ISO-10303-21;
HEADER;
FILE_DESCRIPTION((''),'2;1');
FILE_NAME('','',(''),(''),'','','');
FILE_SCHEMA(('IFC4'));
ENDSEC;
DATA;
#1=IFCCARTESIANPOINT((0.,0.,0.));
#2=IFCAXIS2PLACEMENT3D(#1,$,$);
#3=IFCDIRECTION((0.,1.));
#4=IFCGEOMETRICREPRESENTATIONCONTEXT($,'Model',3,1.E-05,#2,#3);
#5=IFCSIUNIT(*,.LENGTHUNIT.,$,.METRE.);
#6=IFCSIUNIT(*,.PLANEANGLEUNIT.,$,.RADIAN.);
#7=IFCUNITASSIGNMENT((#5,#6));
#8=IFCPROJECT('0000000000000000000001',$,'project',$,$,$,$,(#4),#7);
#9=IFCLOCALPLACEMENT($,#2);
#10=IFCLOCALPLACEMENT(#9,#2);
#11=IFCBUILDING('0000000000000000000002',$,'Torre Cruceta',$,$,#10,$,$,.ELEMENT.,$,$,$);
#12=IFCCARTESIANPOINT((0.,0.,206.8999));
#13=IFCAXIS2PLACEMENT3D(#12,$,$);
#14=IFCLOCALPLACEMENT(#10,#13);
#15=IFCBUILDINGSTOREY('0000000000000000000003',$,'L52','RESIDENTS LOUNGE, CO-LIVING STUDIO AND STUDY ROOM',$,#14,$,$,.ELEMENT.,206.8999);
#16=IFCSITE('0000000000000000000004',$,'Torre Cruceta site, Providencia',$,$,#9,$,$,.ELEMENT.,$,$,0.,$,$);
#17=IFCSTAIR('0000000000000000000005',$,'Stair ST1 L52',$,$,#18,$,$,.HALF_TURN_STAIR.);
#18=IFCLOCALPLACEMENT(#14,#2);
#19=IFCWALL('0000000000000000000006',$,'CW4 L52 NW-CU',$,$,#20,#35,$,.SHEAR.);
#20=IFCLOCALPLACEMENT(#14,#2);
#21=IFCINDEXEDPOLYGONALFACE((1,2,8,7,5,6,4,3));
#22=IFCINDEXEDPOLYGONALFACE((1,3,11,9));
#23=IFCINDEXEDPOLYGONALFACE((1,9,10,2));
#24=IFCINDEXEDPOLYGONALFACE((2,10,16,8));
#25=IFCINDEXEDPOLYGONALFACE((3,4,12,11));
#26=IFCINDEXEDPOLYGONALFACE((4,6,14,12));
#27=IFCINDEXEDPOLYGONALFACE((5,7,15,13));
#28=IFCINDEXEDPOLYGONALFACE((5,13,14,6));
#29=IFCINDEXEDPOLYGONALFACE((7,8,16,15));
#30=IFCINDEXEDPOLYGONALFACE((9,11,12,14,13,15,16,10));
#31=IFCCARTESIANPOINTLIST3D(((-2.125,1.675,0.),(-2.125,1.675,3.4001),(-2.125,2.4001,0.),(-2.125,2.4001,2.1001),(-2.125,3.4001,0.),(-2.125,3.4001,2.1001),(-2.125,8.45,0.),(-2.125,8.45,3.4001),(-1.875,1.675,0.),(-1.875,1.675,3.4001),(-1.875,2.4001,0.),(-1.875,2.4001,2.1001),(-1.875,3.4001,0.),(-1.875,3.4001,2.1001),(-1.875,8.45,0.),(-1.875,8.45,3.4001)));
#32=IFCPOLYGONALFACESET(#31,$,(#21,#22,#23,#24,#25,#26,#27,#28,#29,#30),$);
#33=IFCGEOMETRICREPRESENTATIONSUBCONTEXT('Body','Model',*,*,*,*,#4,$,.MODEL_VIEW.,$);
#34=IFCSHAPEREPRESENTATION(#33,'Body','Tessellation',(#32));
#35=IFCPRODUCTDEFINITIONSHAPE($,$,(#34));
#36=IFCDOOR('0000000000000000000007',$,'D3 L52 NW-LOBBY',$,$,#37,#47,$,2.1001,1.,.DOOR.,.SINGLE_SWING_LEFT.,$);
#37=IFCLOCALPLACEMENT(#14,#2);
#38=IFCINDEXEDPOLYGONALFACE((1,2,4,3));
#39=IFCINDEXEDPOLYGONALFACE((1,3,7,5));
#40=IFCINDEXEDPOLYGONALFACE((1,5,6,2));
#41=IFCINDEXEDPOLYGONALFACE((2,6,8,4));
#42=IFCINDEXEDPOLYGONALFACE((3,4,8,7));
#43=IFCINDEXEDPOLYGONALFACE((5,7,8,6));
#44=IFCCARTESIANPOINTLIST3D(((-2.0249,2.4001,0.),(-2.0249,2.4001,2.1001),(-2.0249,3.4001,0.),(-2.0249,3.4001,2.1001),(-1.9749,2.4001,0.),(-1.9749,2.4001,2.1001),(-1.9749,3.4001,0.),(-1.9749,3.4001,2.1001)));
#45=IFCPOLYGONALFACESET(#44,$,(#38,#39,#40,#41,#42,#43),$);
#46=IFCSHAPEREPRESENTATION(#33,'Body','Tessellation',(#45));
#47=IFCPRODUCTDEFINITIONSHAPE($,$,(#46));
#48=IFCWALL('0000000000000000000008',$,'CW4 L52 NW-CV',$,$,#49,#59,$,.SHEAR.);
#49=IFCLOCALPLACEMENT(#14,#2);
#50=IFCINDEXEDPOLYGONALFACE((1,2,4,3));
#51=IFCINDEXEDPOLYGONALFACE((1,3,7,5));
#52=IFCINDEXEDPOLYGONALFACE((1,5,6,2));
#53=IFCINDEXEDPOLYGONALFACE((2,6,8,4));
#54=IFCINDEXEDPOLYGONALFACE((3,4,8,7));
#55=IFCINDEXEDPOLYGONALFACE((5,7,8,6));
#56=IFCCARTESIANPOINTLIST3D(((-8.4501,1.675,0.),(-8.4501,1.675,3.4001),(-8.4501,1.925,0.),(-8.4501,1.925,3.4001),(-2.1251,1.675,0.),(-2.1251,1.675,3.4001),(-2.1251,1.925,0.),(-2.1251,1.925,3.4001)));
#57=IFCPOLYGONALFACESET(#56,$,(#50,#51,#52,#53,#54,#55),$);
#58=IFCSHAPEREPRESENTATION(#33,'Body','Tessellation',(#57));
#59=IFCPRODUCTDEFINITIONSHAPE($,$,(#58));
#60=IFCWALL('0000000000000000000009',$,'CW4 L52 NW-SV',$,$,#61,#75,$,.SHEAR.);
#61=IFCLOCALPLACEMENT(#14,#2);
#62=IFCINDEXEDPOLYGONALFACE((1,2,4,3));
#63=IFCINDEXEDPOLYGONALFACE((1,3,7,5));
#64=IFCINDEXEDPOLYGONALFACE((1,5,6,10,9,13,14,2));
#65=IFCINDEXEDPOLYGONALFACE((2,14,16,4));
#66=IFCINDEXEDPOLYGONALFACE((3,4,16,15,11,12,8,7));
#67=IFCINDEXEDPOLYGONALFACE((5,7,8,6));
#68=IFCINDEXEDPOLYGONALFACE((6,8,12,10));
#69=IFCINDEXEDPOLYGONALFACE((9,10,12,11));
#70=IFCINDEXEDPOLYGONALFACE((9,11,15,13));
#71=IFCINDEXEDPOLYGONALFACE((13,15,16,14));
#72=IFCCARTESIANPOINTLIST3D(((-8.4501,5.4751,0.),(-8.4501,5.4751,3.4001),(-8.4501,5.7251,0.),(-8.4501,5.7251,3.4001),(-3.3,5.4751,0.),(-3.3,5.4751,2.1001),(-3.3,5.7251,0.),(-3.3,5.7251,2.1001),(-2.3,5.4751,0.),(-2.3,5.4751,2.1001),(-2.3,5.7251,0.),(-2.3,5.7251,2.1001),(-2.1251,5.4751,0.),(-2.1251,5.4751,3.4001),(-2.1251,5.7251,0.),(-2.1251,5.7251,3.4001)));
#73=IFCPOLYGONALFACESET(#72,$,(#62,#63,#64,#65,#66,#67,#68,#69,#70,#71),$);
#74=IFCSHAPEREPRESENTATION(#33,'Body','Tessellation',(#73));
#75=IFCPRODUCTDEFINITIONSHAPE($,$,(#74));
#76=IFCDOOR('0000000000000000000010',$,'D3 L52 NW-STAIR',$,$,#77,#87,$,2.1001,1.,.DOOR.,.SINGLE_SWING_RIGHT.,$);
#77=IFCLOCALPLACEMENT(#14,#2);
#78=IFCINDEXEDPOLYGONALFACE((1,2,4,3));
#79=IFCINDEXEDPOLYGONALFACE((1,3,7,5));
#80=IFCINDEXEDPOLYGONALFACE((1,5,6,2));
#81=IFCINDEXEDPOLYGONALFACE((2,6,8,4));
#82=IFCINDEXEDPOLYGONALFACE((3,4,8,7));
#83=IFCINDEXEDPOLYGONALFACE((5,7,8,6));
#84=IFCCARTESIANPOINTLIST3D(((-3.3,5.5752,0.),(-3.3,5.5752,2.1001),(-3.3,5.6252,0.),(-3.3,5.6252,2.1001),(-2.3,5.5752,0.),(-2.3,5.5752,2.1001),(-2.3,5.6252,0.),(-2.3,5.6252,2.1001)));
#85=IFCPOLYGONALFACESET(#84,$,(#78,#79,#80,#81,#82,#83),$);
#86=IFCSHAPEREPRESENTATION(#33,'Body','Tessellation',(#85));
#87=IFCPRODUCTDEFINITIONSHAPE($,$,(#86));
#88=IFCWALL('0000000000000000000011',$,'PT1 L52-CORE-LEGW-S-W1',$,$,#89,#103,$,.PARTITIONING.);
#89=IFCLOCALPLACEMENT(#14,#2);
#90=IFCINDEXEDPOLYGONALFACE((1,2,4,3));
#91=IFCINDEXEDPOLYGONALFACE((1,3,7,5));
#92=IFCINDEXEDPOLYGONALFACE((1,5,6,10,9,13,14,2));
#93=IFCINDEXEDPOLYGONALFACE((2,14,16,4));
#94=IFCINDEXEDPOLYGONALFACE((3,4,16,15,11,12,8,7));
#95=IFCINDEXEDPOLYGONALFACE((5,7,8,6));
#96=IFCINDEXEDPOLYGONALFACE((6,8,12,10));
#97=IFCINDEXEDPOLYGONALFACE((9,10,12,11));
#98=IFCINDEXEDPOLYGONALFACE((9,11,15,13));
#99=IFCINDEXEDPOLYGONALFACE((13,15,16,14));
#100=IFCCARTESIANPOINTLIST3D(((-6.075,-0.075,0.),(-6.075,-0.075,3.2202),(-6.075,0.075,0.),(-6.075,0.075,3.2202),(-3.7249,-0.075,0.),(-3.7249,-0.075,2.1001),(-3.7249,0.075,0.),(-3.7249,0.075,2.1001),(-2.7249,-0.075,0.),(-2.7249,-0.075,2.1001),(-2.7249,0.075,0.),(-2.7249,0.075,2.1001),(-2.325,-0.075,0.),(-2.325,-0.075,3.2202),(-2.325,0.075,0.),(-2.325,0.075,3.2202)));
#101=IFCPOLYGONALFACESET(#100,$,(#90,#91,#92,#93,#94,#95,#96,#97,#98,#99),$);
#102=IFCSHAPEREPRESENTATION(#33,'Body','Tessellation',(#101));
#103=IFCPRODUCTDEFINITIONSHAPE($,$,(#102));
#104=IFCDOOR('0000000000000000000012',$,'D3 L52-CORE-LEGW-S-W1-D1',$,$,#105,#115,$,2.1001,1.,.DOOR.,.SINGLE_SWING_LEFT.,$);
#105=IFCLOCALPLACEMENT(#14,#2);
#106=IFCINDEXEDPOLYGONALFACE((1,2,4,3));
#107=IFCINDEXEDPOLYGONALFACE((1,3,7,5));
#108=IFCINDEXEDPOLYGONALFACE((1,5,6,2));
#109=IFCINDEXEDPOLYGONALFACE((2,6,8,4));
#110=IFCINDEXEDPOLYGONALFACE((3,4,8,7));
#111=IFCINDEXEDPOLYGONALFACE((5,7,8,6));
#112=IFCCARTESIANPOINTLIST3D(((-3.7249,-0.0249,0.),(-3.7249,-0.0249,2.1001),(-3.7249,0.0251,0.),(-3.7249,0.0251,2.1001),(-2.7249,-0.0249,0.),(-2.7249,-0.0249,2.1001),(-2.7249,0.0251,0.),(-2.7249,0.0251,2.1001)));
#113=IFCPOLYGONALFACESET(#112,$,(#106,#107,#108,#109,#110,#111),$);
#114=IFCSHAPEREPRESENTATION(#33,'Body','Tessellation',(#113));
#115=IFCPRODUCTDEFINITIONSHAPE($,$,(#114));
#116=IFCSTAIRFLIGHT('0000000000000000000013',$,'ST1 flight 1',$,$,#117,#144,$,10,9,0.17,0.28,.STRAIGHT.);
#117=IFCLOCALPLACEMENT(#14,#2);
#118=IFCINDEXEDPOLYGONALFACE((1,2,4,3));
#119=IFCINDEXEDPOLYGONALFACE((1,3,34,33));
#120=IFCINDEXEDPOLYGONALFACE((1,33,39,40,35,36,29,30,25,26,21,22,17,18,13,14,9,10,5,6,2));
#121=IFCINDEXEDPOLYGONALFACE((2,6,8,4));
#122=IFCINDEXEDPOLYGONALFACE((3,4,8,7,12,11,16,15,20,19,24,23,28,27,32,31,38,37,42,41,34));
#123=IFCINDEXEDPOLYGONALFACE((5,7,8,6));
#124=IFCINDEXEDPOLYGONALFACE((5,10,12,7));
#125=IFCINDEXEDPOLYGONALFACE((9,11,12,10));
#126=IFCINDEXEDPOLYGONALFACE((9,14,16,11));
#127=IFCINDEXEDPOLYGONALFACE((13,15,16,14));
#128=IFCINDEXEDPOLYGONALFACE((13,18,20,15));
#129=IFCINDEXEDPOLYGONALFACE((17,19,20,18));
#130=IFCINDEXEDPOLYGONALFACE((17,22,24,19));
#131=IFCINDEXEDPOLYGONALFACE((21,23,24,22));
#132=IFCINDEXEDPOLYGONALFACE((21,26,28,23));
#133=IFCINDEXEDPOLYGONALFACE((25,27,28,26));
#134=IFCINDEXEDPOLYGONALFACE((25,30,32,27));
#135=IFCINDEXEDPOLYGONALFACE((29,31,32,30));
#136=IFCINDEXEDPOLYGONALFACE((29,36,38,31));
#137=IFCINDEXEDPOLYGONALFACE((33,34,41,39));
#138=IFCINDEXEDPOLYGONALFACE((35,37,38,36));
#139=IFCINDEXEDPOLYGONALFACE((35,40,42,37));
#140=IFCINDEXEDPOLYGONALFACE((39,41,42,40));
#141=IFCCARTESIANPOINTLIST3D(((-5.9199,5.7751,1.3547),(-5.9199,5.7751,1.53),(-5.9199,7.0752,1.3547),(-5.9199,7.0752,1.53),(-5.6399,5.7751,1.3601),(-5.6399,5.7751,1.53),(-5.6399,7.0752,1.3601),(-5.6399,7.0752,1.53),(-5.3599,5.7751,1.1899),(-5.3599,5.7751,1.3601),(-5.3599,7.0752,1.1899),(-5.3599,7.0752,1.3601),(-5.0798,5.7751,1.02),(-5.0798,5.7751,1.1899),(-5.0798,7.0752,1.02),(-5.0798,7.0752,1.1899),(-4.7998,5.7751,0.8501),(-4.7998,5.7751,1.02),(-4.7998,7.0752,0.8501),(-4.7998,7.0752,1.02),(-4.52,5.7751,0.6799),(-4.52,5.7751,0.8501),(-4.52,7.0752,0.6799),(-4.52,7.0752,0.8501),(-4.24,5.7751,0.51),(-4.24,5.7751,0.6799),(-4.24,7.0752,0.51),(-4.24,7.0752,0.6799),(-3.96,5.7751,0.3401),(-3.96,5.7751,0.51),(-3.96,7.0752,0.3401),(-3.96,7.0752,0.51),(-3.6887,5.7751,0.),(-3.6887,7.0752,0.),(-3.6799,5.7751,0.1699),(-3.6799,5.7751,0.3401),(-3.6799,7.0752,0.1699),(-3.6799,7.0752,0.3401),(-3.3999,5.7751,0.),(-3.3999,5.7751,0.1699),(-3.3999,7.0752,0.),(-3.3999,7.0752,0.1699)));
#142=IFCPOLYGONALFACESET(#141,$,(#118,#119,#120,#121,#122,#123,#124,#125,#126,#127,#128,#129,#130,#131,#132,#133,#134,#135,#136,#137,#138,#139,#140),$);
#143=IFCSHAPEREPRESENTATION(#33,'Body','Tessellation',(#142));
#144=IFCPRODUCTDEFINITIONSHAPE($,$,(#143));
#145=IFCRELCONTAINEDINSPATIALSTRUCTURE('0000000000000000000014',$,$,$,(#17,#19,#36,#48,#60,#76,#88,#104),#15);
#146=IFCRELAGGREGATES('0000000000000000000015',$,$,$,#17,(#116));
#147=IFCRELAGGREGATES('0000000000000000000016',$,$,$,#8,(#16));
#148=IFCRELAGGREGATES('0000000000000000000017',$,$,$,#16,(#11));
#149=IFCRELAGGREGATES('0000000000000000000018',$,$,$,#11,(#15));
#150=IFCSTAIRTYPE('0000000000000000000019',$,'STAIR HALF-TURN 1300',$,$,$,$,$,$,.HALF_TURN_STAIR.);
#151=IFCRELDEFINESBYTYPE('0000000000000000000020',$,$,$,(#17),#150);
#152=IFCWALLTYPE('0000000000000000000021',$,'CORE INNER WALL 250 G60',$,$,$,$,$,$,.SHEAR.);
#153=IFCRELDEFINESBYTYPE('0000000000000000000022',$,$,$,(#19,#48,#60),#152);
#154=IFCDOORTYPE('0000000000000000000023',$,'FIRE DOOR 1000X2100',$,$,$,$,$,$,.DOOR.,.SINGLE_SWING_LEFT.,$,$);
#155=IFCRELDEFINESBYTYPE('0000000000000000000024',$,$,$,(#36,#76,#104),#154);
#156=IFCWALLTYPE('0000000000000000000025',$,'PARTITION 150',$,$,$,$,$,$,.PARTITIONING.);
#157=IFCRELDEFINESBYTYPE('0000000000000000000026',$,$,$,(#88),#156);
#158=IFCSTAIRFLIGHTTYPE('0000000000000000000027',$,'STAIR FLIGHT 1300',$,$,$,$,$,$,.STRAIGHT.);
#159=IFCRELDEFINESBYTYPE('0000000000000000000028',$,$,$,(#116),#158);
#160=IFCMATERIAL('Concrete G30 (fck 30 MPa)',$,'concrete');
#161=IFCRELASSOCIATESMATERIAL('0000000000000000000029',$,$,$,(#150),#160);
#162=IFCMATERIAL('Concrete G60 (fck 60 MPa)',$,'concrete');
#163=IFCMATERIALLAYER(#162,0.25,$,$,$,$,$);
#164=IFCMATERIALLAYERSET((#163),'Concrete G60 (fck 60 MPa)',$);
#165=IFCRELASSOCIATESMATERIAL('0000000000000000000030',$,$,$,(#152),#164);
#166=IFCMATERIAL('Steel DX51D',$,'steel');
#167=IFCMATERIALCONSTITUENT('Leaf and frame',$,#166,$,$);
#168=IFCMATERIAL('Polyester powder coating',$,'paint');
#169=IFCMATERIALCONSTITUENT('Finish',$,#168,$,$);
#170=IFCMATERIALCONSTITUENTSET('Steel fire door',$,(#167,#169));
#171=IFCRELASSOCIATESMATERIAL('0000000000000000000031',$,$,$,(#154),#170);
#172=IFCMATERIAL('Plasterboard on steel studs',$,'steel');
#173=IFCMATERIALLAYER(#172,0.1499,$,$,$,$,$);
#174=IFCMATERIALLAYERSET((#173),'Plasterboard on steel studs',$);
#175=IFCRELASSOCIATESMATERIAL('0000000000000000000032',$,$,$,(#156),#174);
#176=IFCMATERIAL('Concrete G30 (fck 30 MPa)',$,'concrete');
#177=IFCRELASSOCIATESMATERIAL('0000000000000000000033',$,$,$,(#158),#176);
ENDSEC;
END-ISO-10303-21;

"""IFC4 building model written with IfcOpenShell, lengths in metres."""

from ifc_helpers import new_model, si_unit, direction, frame, frame_2d, origin, place, context, subcontext, project, spatial, polyline, rectangle, outline, extrude, material, layer, layer_set, constituent, constituent_set, type_object, element, fill, aggregate, save


model = new_model("IFC4")

# Units and contexts
model_context = context("Model", 3, precision=1e-05, world=origin(), true_north=direction((0.0, 1.0)))
body_context = subcontext(model_context, "Body", "Model", "MODEL_VIEW")
ifc_project = project(units=[si_unit("LENGTHUNIT", "METRE"), si_unit("PLANEANGLEUNIT", "RADIAN")], contexts=[model_context])

# Site, building, storey
site_placement = place(None, origin())
site = spatial("IfcSite", under=ifc_project, at=site_placement, Name="Torre Cruceta site, Providencia", CompositionType="ELEMENT", RefElevation=0.0)
building_placement = place(site_placement, origin())
building = spatial("IfcBuilding", under=site, at=building_placement, Name="Torre Cruceta", CompositionType="ELEMENT")
storey_placement = place(building_placement, frame((0.0, 0.0, 206.8999)))
storey = spatial("IfcBuildingStorey", under=building, at=storey_placement, Name="L52", Description="RESIDENTS LOUNGE, CO-LIVING STUDIO AND STUDY ROOM", CompositionType="ELEMENT", Elevation=206.8999)

# Stair
ifc_material_1 = material(Name="Concrete G30 (fck 30 MPa)", Category="concrete")
stair_type = type_object("IfcStairType", Name="STAIR HALF-TURN 1300", PredefinedType="HALF_TURN_STAIR", material=ifc_material_1)
stair_placement = place(storey_placement, origin())
stair = element("IfcStair", 1, at=stair_placement, inside=storey, type_object=stair_type, Name="Stair ST1 L52", PredefinedType="HALF_TURN_STAIR")

# Wall, opening, door
ifc_material_2 = material(Name="Concrete G60 (fck 60 MPa)", Category="concrete")
ifc_layer_1 = layer(ifc_material_2, 0.25)
ifc_layer_set_1 = layer_set([ifc_layer_1], Name="Concrete G60 (fck 60 MPa)")
wall_type_1 = type_object("IfcWallType", Name="CORE INNER WALL 250 G60", PredefinedType="SHEAR", material=ifc_layer_set_1)
wall_1_placement = place(storey_placement, frame((-2.0, 1.675, 0.0), z_axis=(0.0, 0.0, 1.0), x_axis=(0.0, 1.0, 0.0)))
wall_1 = element("IfcWall", 2, at=wall_1_placement, inside=storey, type_object=wall_type_1, Name="CW4 L52 NW-CU", PredefinedType="SHEAR", context=body_context, shape_type="SweptSolid", body=[
    extrude(rectangle(XDim=6.7749, YDim=0.25, at=frame_2d((3.3875, 0.0))), origin(), (0.0, 0.0, 1.0), 3.4001),
])
opening_1_placement = place(wall_1_placement, frame((0.7251, 0.0, 0.0)))
opening_1 = element("IfcOpeningElement", 3, at=opening_1_placement, cuts=wall_1, PredefinedType="OPENING", context=body_context, shape_type="SweptSolid", body=[
    extrude(rectangle(XDim=1.0, YDim=2.1001, at=frame_2d((0.5, 1.05))), frame((0.0, 0.135, 0.0), z_axis=(0.0, -1.0, 0.0), x_axis=(1.0, 0.0, 0.0)), (0.0, 0.0, 1.0), 0.27),
])
ifc_material_3 = material(Name="Steel DX51D", Category="steel")
ifc_constituent_1 = constituent(ifc_material_3, Name="Leaf and frame")
ifc_material_4 = material(Name="Polyester powder coating", Category="paint")
ifc_constituent_2 = constituent(ifc_material_4, Name="Finish")
ifc_constituent_set = constituent_set(constituents=[ifc_constituent_1, ifc_constituent_2], Name="Steel fire door")
door_type = type_object("IfcDoorType", Name="FIRE DOOR 1000X2100", OperationType="SINGLE_SWING_LEFT", PredefinedType="DOOR", material=ifc_constituent_set)
door_1_placement = place(opening_1_placement, origin())
door_1 = element("IfcDoor", 4, at=door_1_placement, inside=storey, type_object=door_type, Name="D3 L52 NW-LOBBY", OperationType="SINGLE_SWING_LEFT", OverallHeight=2.1001, OverallWidth=1.0, PredefinedType="DOOR", context=body_context, shape_type="SweptSolid", body=[
    extrude(rectangle(XDim=1.0, YDim=2.1001, at=frame_2d((0.5, 1.05))), frame((0.0, 0.0249, 0.0), z_axis=(0.0, -1.0, 0.0), x_axis=(1.0, 0.0, 0.0)), (0.0, 0.0, 1.0), 0.05),
])
fill(opening_1, door_1)

# Wall
wall_2_placement = place(storey_placement, frame((-2.125, 1.8, 0.0), z_axis=(0.0, 0.0, 1.0), x_axis=(-1.0, 0.0, 0.0)))
element("IfcWall", 5, at=wall_2_placement, inside=storey, type_object=wall_type_1, Name="CW4 L52 NW-CV", PredefinedType="SHEAR", context=body_context, shape_type="SweptSolid", body=[
    extrude(rectangle(XDim=6.325, YDim=0.25, at=frame_2d((3.1626, 0.0))), origin(), (0.0, 0.0, 1.0), 3.4001),
])

# Walls, openings, doors
wall_3_placement = place(storey_placement, frame((-2.125, 5.6001, 0.0), z_axis=(0.0, 0.0, 1.0), x_axis=(-1.0, 0.0, 0.0)))
wall_3 = element("IfcWall", 6, at=wall_3_placement, inside=storey, type_object=wall_type_1, Name="CW4 L52 NW-SV", PredefinedType="SHEAR", context=body_context, shape_type="SweptSolid", body=[
    extrude(rectangle(XDim=6.325, YDim=0.25, at=frame_2d((3.1626, 0.0))), origin(), (0.0, 0.0, 1.0), 3.4001),
])
opening_2_placement = place(wall_3_placement, frame((0.175, 0.0, 0.0)))
opening_2 = element("IfcOpeningElement", 7, at=opening_2_placement, cuts=wall_3, PredefinedType="OPENING", context=body_context, shape_type="SweptSolid", body=[
    extrude(rectangle(XDim=1.0, YDim=2.1001, at=frame_2d((0.5, 1.05))), frame((0.0, 0.135, 0.0), z_axis=(0.0, -1.0, 0.0), x_axis=(1.0, 0.0, 0.0)), (0.0, 0.0, 1.0), 0.27),
])
door_2_placement = place(opening_2_placement, frame((1.0, 0.0, 0.0), z_axis=(0.0, 0.0, 1.0), x_axis=(-1.0, 0.0, 0.0)))
door_2 = element("IfcDoor", 8, at=door_2_placement, inside=storey, type_object=door_type, Name="D3 L52 NW-STAIR", OperationType="SINGLE_SWING_RIGHT", OverallHeight=2.1001, OverallWidth=1.0, PredefinedType="DOOR", context=body_context, shape_type="SweptSolid", body=[
    extrude(rectangle(XDim=1.0, YDim=2.1001, at=frame_2d((0.5, 1.05))), frame((0.0, 0.0251, 0.0), z_axis=(0.0, -1.0, 0.0), x_axis=(1.0, 0.0, 0.0)), (0.0, 0.0, 1.0), 0.05),
])
fill(opening_2, door_2)
ifc_material_5 = material(Name="Plasterboard on steel studs", Category="steel")
ifc_layer_2 = layer(ifc_material_5, 0.1499)
ifc_layer_set_2 = layer_set([ifc_layer_2], Name="Plasterboard on steel studs")
wall_type_2 = type_object("IfcWallType", Name="PARTITION 150", PredefinedType="PARTITIONING", material=ifc_layer_set_2)
wall_4_placement = place(storey_placement, frame((-2.325, 0.0, 0.0), z_axis=(0.0, 0.0, 1.0), x_axis=(-1.0, 0.0, 0.0)))
wall_4 = element("IfcWall", 9, at=wall_4_placement, inside=storey, type_object=wall_type_2, Name="PT1 L52-CORE-LEGW-S-W1", PredefinedType="PARTITIONING", context=body_context, shape_type="SweptSolid", body=[
    extrude(rectangle(XDim=3.75, YDim=0.1499, at=frame_2d((1.875, 0.0))), origin(), (0.0, 0.0, 1.0), 3.2202),
])
opening_3_placement = place(wall_4_placement, frame((0.3999, 0.0, 0.0)))
opening_3 = element("IfcOpeningElement", 10, at=opening_3_placement, cuts=wall_4, PredefinedType="OPENING", context=body_context, shape_type="SweptSolid", body=[
    extrude(rectangle(XDim=1.0, YDim=2.1001, at=frame_2d((0.5, 1.05))), frame((0.0, 0.085, 0.0), z_axis=(0.0, -1.0, 0.0), x_axis=(1.0, 0.0, 0.0)), (0.0, 0.0, 1.0), 0.1699),
])
door_3_placement = place(opening_3_placement, origin())
door_3 = element("IfcDoor", 11, at=door_3_placement, inside=storey, type_object=door_type, Name="D3 L52-CORE-LEGW-S-W1-D1", OperationType="SINGLE_SWING_LEFT", OverallHeight=2.1001, OverallWidth=1.0, PredefinedType="DOOR", context=body_context, shape_type="SweptSolid", body=[
    extrude(rectangle(XDim=1.0, YDim=2.1001, at=frame_2d((0.5, 1.05))), frame((0.0, 0.0249, 0.0), z_axis=(0.0, -1.0, 0.0), x_axis=(1.0, 0.0, 0.0)), (0.0, 0.0, 1.0), 0.05),
])
fill(opening_3, door_3)

# Stair flight
ifc_material_6 = material(Name="Concrete G30 (fck 30 MPa)", Category="concrete")
stair_flight_type = type_object("IfcStairFlightType", Name="STAIR FLIGHT 1300", PredefinedType="STRAIGHT", material=ifc_material_6)
stair_flight_placement = place(storey_placement, frame((-3.3999, 6.425, 0.0), z_axis=(0.0, 0.0, 1.0), x_axis=(-1.0, 0.0, 0.0)))
stair_flight = element("IfcStairFlight", 12, at=stair_flight_placement, type_object=stair_flight_type, Name="ST1 flight 1", NumberOfRisers=10, NumberOfTreads=9, PredefinedType="STRAIGHT", RiserHeight=0.17, TreadLength=0.28, context=body_context, shape_type="SweptSolid", body=[
    extrude(outline(polyline([(0.0, 0.0), (0.0, 0.1699), (0.28, 0.1699), (0.28, 0.3401), (0.5601, 0.3401), (0.5601, 0.51), (0.8401, 0.51), (0.8401, 0.6799), (1.1201, 0.6799), (1.1201, 0.8501), (1.3999, 0.8501), (1.3999, 1.02), (1.6799, 1.02), (1.6799, 1.1899), (1.96, 1.1899), (1.96, 1.3601), (2.24, 1.3601), (2.24, 1.53), (2.52, 1.53), (2.52, 1.7), (2.52, 1.3547), (0.2888, 0.0), (0.0, 0.0)])), frame((0.0, 0.6499, 0.0), z_axis=(0.0, -1.0, 0.0), x_axis=(1.0, 0.0, 0.0)), (0.0, 0.0, 1.0), 1.3),
])
aggregate(stair, [stair_flight])

save(model, "model.ifc")
